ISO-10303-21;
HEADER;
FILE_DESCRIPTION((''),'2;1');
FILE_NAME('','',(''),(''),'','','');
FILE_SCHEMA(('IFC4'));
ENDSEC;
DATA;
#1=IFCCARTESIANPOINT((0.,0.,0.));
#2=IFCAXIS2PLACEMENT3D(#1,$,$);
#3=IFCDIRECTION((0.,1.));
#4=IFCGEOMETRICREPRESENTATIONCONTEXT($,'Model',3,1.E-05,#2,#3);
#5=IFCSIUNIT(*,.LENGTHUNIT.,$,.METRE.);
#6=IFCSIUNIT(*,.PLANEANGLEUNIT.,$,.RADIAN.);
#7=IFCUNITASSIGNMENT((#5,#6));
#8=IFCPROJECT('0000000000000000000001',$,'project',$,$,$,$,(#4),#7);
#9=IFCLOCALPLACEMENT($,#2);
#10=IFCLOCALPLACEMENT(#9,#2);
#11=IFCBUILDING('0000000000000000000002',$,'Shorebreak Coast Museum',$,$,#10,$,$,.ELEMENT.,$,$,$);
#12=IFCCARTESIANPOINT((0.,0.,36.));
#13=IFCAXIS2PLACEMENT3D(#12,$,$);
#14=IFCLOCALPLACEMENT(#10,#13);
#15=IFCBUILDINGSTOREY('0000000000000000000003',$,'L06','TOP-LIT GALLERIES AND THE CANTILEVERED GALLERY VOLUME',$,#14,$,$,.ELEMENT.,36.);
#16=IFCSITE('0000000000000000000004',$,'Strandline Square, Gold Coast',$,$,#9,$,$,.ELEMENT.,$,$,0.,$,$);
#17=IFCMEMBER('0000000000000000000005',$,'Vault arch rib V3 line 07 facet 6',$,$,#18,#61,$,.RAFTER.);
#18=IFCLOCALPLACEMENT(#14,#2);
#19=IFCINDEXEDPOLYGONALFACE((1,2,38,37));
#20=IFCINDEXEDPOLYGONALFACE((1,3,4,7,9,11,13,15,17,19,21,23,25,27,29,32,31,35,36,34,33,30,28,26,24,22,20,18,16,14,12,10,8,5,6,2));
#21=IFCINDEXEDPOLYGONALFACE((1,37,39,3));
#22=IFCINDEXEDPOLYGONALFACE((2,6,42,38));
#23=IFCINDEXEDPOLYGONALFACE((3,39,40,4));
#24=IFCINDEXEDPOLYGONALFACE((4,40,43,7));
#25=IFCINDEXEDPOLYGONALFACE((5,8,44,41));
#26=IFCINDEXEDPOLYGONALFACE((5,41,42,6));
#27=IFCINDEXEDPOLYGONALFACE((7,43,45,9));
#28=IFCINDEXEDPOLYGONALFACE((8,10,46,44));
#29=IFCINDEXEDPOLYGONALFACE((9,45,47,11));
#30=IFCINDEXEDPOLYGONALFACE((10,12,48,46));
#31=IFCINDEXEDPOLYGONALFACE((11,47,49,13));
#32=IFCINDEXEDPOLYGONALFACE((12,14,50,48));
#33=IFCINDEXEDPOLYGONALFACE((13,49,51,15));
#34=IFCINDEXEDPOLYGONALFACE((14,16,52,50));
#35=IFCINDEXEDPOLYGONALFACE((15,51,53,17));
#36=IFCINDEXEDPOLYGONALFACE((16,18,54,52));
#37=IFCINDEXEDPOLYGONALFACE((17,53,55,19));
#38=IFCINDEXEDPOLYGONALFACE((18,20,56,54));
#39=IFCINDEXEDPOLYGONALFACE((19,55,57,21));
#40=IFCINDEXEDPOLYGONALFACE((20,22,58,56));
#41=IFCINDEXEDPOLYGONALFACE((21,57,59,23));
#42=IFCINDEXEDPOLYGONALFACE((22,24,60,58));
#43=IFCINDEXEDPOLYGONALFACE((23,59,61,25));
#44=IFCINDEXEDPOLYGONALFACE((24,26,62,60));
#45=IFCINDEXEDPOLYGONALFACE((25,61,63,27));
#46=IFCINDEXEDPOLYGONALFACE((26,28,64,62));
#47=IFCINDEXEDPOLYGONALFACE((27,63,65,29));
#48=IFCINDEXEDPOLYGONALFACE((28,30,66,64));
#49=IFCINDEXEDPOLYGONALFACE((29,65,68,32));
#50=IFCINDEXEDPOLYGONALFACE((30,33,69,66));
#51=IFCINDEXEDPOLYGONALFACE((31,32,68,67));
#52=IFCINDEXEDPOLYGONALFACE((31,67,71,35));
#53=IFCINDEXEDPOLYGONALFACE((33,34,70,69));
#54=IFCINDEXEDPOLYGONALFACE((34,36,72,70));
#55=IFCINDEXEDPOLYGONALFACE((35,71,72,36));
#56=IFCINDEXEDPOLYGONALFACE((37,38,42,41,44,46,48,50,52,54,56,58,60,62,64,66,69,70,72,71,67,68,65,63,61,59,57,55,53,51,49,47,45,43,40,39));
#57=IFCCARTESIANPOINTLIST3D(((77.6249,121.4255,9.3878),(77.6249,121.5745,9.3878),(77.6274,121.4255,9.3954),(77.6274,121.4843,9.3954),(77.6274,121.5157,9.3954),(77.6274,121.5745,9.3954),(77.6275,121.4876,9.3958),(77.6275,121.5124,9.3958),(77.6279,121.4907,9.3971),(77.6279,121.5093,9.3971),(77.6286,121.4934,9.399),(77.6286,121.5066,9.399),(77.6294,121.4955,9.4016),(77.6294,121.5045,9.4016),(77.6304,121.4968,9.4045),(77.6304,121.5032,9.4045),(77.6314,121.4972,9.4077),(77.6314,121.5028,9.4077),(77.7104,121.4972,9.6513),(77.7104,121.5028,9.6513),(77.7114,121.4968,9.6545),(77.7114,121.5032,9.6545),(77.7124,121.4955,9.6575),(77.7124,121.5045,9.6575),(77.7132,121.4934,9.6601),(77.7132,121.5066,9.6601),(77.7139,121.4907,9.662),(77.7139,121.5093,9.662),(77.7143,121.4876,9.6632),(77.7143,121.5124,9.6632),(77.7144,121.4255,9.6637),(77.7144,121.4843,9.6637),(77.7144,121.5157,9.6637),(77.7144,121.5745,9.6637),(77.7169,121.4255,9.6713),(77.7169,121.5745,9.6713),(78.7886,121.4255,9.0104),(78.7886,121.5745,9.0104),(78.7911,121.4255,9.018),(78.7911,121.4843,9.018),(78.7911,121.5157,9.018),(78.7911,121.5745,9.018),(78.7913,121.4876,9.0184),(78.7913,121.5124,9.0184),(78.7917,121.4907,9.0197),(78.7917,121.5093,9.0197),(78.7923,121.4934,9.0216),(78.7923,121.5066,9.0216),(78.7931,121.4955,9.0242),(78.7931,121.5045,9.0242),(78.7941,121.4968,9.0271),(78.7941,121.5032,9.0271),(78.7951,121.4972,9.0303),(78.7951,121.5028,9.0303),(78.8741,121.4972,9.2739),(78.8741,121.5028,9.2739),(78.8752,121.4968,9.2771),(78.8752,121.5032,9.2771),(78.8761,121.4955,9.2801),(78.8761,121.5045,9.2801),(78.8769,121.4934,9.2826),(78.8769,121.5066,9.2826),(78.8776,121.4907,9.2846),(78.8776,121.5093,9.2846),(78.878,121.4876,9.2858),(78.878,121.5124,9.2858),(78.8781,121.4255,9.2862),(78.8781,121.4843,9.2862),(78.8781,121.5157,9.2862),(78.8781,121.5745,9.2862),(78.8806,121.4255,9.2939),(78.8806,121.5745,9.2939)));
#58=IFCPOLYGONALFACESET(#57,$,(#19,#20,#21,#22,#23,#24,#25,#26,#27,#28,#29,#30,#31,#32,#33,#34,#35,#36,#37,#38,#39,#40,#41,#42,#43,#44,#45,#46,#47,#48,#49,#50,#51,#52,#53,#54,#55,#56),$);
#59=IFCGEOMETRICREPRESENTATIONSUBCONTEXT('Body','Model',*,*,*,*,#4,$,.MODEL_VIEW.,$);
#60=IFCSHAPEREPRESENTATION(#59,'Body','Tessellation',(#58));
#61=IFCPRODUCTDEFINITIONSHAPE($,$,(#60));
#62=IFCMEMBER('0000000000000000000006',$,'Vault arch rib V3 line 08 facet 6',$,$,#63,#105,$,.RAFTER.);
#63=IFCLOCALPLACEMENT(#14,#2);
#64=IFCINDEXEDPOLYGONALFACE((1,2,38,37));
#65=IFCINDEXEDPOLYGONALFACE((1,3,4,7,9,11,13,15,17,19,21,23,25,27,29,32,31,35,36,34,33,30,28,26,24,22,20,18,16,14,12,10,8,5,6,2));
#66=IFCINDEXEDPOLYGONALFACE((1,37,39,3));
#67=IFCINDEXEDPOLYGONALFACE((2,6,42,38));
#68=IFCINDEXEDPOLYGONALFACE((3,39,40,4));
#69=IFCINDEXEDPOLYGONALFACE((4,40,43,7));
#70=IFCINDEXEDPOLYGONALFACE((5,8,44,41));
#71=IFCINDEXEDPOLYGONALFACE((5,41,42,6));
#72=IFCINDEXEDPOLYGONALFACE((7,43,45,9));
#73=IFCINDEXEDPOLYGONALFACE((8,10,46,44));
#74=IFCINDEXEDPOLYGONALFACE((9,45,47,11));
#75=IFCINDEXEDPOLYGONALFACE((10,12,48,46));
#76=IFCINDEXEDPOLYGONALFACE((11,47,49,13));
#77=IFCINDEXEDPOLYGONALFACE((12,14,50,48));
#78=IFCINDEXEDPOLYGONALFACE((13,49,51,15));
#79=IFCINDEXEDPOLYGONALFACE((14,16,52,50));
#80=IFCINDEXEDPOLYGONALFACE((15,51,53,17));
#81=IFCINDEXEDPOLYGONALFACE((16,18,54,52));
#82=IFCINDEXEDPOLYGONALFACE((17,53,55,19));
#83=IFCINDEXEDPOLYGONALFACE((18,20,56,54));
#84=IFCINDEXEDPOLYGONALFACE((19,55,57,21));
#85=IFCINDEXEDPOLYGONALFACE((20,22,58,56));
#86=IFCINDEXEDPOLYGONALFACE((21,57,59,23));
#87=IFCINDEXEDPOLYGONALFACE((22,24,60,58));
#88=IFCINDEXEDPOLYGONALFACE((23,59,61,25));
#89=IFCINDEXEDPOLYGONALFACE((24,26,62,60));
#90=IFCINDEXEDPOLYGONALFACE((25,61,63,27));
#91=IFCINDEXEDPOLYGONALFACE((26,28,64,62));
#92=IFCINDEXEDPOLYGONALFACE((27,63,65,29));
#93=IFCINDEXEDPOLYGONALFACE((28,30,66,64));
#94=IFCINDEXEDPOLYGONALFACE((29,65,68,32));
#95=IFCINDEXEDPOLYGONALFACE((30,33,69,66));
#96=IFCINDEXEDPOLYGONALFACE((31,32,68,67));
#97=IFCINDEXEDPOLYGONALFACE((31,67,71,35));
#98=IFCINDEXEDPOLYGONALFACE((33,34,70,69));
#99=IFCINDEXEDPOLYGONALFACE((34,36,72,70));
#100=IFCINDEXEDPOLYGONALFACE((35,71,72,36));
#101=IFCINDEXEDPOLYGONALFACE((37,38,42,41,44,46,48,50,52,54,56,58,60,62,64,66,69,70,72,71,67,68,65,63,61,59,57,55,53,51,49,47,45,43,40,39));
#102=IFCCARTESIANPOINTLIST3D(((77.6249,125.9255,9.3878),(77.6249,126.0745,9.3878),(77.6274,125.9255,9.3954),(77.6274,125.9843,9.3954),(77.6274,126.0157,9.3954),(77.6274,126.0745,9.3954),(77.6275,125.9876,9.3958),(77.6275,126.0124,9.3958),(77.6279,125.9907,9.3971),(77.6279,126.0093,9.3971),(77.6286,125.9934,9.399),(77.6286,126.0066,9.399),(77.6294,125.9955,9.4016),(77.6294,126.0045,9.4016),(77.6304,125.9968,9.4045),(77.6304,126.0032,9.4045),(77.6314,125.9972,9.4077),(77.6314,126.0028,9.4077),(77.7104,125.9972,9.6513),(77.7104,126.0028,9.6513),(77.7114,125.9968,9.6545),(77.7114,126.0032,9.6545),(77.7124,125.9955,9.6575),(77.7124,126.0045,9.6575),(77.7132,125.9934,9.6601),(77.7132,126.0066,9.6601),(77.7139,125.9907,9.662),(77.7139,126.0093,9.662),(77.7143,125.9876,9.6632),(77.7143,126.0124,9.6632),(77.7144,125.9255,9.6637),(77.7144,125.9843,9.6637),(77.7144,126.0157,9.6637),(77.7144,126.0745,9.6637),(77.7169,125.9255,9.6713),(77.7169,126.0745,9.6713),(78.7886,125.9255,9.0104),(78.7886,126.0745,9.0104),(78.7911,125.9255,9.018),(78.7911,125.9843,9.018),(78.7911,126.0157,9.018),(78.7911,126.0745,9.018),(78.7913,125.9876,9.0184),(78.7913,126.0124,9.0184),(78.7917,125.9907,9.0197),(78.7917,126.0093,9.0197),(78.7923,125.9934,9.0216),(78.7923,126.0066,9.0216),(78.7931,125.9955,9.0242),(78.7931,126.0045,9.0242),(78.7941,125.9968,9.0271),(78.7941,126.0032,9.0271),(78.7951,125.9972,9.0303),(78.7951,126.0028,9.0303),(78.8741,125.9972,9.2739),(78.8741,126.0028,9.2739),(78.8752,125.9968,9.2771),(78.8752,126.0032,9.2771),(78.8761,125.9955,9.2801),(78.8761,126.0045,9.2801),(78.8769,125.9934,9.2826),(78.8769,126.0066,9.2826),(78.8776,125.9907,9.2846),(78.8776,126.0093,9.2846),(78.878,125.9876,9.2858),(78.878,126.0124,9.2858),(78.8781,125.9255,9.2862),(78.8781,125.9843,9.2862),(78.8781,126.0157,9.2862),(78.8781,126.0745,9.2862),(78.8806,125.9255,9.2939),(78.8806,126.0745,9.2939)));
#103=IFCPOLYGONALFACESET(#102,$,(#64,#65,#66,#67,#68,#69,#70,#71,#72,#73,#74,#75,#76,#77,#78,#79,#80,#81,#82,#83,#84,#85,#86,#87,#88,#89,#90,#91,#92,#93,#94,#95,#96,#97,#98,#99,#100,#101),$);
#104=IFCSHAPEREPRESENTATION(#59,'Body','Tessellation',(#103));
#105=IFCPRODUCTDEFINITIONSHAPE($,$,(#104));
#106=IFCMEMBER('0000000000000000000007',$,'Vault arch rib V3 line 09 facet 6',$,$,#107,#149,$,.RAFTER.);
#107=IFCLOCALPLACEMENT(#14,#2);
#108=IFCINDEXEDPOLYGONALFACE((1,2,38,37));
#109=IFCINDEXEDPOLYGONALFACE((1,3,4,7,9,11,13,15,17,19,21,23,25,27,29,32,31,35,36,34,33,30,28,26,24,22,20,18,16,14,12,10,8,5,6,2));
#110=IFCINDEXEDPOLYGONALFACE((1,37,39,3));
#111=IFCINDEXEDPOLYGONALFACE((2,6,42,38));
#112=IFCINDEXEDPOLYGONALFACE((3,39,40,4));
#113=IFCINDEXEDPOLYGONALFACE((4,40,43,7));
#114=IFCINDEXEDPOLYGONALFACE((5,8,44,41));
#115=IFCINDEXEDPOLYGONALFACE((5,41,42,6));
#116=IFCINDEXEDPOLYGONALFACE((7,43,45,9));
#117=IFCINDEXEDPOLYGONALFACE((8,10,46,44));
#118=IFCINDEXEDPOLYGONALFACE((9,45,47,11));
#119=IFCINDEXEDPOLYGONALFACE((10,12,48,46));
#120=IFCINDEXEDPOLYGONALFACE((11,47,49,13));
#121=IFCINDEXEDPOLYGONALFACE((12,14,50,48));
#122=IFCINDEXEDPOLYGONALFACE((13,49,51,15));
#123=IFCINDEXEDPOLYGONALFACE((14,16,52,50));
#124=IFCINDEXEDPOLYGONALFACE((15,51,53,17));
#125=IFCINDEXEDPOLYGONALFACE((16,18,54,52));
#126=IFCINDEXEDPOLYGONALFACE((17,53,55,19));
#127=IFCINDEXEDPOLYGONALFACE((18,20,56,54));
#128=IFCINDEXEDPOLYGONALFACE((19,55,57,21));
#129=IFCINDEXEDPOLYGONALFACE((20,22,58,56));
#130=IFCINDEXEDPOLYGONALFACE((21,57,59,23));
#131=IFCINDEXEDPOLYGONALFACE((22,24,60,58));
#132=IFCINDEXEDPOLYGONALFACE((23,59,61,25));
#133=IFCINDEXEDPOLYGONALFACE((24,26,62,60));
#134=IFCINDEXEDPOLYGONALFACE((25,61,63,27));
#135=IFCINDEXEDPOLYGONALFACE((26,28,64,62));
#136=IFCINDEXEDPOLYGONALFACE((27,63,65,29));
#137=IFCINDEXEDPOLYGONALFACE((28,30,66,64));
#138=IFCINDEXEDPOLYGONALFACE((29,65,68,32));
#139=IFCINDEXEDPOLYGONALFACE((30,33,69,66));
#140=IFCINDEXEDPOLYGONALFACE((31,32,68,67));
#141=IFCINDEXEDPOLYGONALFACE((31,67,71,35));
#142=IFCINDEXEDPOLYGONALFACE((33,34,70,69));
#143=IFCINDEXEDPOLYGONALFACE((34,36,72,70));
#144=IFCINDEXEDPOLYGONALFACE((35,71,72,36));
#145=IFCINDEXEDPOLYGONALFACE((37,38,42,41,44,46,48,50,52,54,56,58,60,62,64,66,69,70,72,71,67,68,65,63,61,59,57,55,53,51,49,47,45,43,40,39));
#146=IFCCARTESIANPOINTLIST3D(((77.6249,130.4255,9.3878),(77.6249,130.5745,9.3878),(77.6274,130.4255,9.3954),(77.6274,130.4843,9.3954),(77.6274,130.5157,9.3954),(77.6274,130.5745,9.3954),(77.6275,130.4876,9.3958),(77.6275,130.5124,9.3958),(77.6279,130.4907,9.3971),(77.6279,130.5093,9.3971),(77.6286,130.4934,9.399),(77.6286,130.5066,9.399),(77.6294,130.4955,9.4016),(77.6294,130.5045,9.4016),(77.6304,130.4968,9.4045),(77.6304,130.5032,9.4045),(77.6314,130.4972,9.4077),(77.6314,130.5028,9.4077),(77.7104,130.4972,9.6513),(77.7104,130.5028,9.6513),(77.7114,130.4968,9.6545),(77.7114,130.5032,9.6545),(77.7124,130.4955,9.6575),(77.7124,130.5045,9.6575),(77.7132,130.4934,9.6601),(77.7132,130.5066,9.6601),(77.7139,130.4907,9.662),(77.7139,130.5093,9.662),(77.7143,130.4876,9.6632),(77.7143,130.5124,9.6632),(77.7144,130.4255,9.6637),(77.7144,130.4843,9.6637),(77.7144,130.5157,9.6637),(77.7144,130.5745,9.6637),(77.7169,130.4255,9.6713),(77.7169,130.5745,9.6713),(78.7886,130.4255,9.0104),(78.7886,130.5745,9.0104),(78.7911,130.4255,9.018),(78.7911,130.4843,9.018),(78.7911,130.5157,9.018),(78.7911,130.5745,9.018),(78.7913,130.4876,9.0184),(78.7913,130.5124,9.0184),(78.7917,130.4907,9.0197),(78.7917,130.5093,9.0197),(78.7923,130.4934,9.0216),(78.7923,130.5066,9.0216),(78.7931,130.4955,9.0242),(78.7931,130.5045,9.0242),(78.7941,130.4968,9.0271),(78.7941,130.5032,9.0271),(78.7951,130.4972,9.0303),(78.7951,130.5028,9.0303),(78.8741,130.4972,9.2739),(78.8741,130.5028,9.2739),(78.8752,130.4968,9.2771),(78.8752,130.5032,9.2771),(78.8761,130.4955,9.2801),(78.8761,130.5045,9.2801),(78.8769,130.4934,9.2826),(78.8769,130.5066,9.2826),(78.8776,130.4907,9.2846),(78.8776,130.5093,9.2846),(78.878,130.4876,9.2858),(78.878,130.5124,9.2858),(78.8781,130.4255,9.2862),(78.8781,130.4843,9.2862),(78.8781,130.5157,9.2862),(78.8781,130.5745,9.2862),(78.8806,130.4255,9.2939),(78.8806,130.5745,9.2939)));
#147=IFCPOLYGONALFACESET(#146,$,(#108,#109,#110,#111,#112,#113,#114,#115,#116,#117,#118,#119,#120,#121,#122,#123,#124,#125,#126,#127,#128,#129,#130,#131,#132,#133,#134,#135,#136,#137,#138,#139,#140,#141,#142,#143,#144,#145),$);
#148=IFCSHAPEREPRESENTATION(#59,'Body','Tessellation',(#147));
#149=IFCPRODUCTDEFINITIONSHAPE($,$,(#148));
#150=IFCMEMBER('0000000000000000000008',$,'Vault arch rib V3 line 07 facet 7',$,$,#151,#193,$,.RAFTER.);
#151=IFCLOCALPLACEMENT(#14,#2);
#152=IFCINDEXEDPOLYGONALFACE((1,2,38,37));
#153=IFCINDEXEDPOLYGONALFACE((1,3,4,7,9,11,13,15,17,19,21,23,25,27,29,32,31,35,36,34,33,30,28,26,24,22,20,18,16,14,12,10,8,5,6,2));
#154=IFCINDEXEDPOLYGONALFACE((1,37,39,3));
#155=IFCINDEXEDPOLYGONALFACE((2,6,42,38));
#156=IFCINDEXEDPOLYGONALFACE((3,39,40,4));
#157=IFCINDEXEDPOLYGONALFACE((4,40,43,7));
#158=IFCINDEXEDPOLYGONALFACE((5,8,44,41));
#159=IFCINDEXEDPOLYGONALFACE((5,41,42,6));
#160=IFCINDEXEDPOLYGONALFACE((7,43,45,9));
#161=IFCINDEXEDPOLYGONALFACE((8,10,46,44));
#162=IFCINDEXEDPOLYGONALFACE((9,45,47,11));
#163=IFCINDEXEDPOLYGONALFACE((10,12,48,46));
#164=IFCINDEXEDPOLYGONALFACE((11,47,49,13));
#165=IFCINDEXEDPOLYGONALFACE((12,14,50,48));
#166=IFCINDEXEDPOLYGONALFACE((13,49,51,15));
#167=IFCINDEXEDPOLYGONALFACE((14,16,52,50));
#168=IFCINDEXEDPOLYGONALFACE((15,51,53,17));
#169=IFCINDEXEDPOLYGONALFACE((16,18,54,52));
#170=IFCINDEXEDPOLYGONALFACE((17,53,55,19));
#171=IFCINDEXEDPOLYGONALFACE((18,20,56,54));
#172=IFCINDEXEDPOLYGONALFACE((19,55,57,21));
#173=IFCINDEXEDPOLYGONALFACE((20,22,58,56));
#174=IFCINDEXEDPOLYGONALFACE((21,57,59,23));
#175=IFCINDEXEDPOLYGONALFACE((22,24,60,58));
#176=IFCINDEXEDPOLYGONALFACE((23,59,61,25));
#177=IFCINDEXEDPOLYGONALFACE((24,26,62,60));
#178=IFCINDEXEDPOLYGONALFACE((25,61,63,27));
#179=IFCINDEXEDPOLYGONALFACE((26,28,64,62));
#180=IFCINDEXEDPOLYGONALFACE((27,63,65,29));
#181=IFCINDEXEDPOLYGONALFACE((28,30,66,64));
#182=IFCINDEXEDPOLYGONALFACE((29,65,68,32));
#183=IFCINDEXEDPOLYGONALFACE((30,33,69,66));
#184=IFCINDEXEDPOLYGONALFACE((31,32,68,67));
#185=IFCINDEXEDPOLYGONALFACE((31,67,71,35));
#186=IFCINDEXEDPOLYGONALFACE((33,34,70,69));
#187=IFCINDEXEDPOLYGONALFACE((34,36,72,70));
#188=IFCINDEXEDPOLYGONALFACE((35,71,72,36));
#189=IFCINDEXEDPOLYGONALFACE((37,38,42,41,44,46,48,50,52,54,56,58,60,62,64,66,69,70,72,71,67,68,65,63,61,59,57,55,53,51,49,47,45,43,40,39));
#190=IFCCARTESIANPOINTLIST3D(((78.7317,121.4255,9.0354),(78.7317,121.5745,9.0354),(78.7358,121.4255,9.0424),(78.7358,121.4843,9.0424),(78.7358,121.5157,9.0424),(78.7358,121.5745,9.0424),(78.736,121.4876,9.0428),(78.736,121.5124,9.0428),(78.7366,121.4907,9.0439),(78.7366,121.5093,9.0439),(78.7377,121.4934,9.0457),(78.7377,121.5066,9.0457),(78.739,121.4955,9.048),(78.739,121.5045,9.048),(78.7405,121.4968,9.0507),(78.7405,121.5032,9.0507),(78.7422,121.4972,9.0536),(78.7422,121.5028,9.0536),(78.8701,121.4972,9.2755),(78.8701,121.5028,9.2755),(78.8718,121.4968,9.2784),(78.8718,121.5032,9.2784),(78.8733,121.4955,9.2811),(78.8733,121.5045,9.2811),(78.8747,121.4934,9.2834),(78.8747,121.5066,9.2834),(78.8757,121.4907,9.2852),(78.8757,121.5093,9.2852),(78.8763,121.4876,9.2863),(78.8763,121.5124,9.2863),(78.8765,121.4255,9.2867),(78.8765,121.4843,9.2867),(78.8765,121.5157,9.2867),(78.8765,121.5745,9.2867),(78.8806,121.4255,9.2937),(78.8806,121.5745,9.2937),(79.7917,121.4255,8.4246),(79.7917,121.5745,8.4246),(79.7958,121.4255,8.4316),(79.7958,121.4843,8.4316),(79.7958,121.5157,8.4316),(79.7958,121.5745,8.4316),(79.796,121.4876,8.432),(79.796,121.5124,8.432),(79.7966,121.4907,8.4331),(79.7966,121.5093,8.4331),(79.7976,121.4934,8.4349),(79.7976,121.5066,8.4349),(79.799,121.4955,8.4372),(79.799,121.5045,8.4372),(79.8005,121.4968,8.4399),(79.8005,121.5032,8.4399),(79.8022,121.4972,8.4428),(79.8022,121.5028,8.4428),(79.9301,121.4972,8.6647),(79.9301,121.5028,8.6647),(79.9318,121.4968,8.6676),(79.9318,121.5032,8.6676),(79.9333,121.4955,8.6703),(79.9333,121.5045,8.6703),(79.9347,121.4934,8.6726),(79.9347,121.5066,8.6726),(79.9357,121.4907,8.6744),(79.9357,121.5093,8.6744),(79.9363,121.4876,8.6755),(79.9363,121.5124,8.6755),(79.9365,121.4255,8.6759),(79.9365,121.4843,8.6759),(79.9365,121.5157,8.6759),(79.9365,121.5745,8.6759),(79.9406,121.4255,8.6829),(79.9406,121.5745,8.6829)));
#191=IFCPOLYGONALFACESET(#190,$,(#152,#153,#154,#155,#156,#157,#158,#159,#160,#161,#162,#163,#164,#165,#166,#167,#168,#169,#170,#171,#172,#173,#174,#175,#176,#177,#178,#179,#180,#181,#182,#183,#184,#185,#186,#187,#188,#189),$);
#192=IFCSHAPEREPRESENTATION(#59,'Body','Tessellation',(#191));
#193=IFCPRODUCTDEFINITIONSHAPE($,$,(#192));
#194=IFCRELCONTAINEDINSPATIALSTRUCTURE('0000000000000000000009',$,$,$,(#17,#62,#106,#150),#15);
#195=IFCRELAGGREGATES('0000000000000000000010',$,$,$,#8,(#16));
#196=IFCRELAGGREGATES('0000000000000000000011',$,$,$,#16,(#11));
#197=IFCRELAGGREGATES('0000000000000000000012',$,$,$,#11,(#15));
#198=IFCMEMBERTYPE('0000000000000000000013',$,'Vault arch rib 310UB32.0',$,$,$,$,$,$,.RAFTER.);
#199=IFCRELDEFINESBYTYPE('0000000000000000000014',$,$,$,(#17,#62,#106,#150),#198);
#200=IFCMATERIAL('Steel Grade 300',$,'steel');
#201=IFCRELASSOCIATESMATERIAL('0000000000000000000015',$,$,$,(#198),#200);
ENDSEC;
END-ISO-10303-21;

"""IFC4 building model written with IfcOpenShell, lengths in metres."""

from ifc_helpers import new_model, si_unit, direction, frame, origin, origin_2d, place, context, subcontext, project, spatial, i_section, extrude, material, material_profile, profile_set, type_object, element, save


model = new_model("IFC4")

# Units and contexts
model_context = context("Model", 3, precision=1e-05, world=origin(), true_north=direction((0.0, 1.0)))
body_context = subcontext(model_context, "Body", "Model", "MODEL_VIEW")
ifc_project = project(units=[si_unit("LENGTHUNIT", "METRE"), si_unit("PLANEANGLEUNIT", "RADIAN")], contexts=[model_context])

# Site, building, storey
site_placement = place(None, origin())
site = spatial("IfcSite", under=ifc_project, at=site_placement, Name="Strandline Square, Gold Coast", CompositionType="ELEMENT", RefElevation=0.0)
building_placement = place(site_placement, origin())
building = spatial("IfcBuilding", under=site, at=building_placement, Name="Shorebreak Coast Museum", CompositionType="ELEMENT")
storey_placement = place(building_placement, frame((0.0, 0.0, 36.0)))
storey = spatial("IfcBuildingStorey", under=building, at=storey_placement, Name="L06", Description="TOP-LIT GALLERIES AND THE CANTILEVERED GALLERY VOLUME", CompositionType="ELEMENT", Elevation=36.0)

# Members
ifc_material_1 = material(Name="Steel Grade 300", Category="steel")
ifc_material_profile_1 = material_profile(ifc_material_1, i_section(OverallWidth=0.1489, OverallDepth=0.2981, WebThickness=0.0056, FlangeThickness=0.0081, FilletRadius=0.0129, at=origin_2d()), Name="310UB32.0")
ifc_profile_set_1 = profile_set([ifc_material_profile_1], Name="Steel Grade 300")
member_type_1 = type_object("IfcMemberType", Name="Vault arch rib 310UB32.0", PredefinedType="RAFTER", material=ifc_profile_set_1)
for number, where, z_axis, x_axis, name in (
    (1, (77.6709, 121.5, 9.5295), (0.951226, 0.0, -0.308495), (0.0, 1.0, 0.0), "Vault arch rib V3 line 07 facet 6"),
    (2, (77.6709, 126.0, 9.5295), (0.951226, 0.0, -0.308495), (0.0, 1.0, 0.0), "Vault arch rib V3 line 08 facet 6"),
    (3, (77.6709, 130.5, 9.5295), (0.951226, 0.0, -0.308495), (0.0, 1.0, 0.0), "Vault arch rib V3 line 09 facet 6"),
    (4, (78.8062, 121.5, 9.1646), (0.866445, 0.0, -0.499273), (0.0, 1.0, 0.0), "Vault arch rib V3 line 07 facet 7"),
):
    element("IfcMember", number, at=place(storey_placement, frame(where, z_axis=z_axis, x_axis=x_axis)), inside=storey, type_object=member_type_1, Name=name, PredefinedType="RAFTER", context=body_context, shape_type="SweptSolid", body=[
        extrude(i_section(OverallWidth=0.1489, OverallDepth=0.2981, WebThickness=0.0056, FlangeThickness=0.0081, FilletRadius=0.0129, at=origin_2d()), origin(), (0.0, 0.0, 1.0), 1.2234),
    ])

save(model, "model.ifc")
